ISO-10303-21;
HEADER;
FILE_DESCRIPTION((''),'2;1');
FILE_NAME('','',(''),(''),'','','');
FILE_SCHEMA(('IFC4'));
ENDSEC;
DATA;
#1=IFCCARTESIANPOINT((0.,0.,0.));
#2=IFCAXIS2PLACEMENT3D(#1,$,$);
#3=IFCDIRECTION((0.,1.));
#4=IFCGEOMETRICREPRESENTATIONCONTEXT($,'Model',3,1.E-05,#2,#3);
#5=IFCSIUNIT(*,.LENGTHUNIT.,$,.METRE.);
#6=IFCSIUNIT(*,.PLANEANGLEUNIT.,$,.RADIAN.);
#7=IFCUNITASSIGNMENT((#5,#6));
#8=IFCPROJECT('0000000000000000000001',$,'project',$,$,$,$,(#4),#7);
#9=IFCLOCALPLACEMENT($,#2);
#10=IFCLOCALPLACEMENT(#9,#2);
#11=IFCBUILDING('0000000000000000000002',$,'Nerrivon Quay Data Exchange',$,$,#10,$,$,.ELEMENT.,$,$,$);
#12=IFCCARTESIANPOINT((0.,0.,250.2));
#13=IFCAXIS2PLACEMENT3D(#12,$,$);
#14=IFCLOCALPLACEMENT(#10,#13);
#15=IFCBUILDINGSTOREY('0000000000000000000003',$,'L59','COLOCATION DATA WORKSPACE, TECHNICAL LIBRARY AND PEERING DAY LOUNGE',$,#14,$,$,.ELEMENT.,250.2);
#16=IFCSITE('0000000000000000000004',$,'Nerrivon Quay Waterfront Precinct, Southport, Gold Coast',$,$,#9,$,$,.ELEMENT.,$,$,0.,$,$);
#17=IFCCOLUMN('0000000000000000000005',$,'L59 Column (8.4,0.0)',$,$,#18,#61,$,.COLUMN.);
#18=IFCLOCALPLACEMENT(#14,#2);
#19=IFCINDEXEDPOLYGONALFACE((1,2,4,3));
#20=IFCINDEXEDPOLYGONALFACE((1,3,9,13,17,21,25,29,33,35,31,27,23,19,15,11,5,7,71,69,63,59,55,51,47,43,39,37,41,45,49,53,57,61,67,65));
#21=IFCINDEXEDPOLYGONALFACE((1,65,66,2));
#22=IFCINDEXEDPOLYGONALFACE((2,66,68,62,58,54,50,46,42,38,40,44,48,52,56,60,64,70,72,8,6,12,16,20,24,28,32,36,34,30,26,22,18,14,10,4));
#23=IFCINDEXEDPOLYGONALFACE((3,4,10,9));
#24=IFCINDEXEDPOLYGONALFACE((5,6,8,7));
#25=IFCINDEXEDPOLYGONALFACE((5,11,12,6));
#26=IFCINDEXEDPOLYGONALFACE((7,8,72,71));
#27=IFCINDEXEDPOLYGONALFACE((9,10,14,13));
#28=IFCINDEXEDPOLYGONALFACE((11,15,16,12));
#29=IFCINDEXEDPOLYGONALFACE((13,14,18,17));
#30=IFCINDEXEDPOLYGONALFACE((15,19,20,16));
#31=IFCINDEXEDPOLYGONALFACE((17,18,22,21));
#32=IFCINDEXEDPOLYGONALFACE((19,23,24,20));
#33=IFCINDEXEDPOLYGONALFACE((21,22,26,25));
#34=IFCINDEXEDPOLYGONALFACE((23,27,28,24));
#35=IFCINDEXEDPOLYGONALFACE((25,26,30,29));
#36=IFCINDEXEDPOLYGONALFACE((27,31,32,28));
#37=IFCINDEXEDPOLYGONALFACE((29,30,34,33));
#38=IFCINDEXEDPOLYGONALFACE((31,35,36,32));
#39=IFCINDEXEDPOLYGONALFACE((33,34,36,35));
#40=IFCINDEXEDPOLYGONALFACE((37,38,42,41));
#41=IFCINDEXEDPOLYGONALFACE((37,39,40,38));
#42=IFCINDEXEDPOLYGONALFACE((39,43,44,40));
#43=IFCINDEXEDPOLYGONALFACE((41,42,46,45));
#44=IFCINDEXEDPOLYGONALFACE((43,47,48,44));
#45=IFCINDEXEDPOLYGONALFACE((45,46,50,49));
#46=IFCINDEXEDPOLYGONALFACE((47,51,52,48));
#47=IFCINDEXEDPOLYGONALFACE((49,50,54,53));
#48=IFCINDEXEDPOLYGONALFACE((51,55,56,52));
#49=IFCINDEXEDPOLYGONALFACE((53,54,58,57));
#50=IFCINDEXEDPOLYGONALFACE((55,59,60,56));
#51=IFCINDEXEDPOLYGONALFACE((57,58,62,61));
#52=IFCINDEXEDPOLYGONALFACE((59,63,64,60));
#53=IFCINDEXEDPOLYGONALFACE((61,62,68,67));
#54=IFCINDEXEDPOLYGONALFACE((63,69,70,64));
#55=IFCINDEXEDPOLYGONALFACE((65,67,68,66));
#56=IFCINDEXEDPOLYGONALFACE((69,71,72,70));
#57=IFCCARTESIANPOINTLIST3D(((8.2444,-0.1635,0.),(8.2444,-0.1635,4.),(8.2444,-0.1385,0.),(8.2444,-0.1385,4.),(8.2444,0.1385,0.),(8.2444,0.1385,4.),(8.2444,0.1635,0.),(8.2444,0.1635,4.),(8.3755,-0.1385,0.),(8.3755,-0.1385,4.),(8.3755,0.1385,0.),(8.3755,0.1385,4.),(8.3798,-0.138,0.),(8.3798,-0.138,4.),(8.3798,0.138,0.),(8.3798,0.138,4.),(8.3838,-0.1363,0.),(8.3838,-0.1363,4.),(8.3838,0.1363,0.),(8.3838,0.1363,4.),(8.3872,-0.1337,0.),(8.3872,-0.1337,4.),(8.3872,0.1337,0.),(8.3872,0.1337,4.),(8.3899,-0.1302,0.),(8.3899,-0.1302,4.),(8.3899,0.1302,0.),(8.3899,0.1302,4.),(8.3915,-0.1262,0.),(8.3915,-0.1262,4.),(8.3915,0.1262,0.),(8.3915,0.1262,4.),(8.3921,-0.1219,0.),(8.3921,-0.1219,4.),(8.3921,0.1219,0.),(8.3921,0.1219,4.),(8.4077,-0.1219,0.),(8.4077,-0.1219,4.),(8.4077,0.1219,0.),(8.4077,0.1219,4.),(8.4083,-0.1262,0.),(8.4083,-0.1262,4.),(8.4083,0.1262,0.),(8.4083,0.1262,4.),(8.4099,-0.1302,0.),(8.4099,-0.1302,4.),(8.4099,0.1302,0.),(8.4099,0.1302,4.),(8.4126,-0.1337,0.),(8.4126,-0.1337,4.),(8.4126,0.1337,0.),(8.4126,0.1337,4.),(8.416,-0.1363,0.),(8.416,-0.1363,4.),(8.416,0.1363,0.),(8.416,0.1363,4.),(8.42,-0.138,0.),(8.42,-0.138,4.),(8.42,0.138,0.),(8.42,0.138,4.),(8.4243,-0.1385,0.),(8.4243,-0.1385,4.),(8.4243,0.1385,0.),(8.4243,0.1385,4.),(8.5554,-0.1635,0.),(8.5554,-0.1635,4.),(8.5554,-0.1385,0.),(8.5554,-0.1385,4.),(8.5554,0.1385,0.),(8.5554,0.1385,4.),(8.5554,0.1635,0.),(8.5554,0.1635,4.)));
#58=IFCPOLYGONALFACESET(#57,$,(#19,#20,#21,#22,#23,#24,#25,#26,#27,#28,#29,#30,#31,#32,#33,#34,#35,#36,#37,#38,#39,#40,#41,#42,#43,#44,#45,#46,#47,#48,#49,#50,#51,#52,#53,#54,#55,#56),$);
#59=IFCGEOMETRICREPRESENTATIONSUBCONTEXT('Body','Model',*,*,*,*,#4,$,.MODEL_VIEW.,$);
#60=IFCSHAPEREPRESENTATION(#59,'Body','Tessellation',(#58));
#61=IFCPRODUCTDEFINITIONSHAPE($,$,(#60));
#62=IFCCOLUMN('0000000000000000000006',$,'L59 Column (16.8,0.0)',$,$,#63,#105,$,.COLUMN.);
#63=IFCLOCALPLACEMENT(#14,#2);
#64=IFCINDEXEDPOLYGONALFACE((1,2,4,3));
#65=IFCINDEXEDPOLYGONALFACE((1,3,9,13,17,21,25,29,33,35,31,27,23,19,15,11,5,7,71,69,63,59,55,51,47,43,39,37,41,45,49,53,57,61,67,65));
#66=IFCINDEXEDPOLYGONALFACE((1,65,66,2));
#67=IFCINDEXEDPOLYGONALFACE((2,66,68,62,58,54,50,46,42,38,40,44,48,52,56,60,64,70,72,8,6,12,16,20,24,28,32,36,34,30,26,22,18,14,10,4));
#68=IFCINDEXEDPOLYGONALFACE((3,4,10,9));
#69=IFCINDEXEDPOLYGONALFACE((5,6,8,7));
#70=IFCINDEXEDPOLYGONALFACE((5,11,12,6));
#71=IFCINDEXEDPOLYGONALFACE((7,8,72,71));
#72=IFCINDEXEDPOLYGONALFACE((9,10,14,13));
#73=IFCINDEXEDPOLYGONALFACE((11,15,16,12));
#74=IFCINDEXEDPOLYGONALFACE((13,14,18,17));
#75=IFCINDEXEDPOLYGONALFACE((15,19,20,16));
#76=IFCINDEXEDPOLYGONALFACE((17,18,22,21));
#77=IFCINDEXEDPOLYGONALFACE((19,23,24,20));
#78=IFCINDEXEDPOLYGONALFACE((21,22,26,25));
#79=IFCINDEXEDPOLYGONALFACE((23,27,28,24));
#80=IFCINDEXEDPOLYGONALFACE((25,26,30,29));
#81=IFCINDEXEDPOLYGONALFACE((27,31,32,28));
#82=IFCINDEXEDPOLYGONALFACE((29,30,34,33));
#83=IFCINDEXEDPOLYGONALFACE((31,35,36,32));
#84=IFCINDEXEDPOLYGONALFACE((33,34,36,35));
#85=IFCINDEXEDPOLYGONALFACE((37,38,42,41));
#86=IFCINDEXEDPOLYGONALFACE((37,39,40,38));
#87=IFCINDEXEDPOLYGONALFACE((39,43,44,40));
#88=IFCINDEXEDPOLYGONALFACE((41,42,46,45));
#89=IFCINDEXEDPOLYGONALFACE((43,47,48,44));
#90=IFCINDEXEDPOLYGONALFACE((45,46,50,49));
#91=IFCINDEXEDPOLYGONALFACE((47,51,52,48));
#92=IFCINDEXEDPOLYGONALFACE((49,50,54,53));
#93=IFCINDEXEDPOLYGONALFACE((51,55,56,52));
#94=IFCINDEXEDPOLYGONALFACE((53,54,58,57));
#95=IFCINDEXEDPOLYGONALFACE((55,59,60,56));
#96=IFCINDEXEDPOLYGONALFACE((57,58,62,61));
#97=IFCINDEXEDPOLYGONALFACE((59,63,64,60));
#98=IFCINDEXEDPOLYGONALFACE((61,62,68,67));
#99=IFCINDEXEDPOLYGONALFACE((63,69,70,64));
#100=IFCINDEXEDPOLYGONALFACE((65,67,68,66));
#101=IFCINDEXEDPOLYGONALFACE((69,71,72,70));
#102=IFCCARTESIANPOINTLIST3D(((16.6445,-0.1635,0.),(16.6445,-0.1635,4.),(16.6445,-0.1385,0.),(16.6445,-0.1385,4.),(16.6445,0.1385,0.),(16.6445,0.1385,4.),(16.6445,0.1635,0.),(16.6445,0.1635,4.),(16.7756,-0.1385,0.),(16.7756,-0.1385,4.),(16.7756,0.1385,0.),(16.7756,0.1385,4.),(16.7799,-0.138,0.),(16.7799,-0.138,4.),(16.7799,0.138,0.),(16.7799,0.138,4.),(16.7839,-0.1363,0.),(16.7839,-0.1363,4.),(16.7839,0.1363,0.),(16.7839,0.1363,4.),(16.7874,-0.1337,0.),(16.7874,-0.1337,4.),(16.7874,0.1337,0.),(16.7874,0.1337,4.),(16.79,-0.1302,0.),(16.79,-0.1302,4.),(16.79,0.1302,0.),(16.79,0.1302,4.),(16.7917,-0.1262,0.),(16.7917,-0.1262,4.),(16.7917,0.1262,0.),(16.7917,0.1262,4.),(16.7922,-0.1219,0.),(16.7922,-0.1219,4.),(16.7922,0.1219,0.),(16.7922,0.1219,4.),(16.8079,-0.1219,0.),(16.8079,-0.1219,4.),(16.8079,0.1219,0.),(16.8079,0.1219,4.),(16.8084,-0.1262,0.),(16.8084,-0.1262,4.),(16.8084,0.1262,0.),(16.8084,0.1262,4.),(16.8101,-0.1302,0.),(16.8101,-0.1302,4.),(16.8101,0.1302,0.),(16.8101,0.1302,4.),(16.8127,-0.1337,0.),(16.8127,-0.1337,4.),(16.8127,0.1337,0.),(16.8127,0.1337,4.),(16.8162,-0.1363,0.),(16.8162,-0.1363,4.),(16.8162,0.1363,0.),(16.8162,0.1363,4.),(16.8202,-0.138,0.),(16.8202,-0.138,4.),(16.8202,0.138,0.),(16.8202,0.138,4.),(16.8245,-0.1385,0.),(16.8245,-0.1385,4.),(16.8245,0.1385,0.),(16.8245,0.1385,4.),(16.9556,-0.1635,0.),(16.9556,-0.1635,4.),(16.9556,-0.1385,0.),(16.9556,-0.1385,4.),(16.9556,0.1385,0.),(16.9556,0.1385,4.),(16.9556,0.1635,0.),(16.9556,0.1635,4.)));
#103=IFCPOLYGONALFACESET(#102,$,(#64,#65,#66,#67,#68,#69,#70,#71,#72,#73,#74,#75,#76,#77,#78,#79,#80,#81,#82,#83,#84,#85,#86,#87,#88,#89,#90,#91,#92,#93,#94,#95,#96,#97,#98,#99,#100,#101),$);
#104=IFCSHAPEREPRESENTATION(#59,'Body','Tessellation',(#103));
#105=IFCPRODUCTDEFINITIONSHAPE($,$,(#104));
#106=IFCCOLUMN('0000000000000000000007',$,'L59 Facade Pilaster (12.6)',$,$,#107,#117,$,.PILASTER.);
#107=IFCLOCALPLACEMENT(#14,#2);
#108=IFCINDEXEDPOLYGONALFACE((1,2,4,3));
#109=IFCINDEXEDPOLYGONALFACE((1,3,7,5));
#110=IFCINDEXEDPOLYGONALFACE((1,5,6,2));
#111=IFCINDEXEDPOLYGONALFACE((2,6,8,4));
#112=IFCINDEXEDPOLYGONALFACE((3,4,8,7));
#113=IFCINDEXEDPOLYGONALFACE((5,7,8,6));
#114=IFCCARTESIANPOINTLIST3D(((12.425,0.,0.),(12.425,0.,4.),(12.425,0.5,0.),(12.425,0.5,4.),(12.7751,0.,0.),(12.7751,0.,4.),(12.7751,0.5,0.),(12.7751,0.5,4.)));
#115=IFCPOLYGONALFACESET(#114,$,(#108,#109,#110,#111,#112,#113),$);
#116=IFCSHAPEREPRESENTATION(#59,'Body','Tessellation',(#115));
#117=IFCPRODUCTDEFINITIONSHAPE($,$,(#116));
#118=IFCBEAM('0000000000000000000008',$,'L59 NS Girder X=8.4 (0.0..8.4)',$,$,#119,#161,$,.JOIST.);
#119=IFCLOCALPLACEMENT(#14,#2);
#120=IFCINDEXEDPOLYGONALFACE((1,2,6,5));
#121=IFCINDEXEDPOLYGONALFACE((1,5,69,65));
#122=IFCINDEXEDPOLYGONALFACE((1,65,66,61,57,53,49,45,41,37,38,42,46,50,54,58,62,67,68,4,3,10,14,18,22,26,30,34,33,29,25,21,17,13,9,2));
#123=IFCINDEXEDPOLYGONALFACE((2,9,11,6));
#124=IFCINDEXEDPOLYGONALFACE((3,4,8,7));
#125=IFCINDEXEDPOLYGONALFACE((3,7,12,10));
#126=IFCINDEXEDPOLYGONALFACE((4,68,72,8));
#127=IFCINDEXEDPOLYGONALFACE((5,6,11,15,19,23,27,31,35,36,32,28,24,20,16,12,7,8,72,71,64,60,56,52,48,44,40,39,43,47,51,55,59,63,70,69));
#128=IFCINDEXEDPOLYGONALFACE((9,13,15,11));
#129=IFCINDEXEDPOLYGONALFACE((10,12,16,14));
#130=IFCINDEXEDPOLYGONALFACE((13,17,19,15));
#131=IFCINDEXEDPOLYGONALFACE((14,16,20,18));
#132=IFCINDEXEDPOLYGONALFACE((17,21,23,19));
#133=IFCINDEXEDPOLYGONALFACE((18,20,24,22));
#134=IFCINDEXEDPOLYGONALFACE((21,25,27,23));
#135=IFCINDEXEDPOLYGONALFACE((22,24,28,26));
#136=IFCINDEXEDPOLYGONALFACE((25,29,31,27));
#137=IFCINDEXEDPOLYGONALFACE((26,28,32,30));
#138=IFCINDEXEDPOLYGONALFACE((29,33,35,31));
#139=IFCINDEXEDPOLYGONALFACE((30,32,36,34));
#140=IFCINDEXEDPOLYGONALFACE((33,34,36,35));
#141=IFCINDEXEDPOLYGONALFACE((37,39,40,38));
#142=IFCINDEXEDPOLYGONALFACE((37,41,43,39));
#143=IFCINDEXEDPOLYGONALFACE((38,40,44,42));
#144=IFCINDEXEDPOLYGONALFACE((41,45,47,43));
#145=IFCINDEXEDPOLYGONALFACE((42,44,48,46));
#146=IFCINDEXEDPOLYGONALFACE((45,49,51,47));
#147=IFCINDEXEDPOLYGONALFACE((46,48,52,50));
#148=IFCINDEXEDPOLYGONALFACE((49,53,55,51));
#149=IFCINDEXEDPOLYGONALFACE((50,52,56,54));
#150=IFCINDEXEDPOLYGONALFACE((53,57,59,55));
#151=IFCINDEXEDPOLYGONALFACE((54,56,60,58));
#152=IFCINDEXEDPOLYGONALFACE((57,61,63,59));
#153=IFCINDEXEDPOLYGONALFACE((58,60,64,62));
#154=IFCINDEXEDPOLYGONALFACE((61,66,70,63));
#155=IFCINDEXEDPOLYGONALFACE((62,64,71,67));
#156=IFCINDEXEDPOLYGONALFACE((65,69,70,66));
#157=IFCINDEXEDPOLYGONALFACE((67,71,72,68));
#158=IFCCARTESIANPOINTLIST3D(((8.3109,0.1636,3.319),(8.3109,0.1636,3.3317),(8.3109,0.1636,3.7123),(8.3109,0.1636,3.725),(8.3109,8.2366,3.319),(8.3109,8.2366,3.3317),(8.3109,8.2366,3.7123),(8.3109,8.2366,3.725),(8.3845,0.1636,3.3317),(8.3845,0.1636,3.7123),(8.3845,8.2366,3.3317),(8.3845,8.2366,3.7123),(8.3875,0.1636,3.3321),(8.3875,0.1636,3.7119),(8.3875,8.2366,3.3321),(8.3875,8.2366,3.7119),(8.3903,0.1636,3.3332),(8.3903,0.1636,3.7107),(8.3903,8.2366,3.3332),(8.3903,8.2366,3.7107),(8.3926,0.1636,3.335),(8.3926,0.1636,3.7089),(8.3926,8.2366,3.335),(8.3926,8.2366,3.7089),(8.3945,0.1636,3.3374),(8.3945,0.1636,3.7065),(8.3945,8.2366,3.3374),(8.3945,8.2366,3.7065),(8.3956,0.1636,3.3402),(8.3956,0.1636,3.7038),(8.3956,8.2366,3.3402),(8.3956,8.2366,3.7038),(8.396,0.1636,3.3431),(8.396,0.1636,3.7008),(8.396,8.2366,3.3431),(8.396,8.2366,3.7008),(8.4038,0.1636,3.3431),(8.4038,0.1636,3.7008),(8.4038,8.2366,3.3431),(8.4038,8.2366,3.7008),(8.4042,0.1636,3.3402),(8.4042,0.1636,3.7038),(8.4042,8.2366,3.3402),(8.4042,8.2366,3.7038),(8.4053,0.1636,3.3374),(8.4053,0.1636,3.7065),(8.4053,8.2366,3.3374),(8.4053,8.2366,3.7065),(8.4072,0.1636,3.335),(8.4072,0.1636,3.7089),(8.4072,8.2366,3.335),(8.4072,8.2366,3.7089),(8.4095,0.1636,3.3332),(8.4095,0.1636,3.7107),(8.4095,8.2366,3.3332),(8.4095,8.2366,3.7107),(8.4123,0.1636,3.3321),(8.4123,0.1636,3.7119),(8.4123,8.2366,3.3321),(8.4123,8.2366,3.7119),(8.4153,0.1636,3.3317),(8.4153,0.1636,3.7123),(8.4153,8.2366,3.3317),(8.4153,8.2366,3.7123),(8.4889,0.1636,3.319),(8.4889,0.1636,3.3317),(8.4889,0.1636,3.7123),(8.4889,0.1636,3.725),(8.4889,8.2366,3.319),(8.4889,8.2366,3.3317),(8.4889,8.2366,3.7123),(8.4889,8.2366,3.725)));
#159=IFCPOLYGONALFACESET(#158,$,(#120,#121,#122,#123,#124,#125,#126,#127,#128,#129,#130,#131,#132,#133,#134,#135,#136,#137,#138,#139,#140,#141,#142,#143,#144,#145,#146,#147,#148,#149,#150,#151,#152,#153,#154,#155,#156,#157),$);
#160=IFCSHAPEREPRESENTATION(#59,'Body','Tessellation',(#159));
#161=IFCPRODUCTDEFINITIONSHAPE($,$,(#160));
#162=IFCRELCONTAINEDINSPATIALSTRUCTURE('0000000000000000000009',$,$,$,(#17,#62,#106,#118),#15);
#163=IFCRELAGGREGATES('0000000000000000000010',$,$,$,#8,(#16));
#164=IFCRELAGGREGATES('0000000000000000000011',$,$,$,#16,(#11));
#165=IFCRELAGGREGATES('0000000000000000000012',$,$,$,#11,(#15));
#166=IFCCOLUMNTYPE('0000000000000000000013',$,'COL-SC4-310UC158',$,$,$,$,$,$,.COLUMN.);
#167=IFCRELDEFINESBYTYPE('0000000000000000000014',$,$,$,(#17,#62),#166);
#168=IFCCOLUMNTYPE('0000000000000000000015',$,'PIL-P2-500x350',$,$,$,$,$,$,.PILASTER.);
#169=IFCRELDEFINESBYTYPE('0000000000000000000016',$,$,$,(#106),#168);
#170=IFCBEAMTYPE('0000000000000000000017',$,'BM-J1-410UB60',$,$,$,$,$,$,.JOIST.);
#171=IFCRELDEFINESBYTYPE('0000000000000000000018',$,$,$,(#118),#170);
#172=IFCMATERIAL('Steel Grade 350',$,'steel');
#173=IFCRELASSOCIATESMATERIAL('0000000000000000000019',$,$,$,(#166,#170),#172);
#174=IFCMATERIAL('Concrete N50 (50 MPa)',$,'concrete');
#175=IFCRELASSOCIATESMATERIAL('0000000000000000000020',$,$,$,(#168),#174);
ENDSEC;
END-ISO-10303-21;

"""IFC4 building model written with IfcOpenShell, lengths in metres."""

from ifc_helpers import new_model, si_unit, direction, frame, origin, origin_2d, place, context, subcontext, project, spatial, rectangle, i_section, extrude, material, material_profile, profile_set, type_object, element, save


model = new_model("IFC4")

# Units and contexts
model_context = context("Model", 3, precision=1e-05, world=origin(), true_north=direction((0.0, 1.0)))
body_context = subcontext(model_context, "Body", "Model", "MODEL_VIEW")
ifc_project = project(units=[si_unit("LENGTHUNIT", "METRE"), si_unit("PLANEANGLEUNIT", "RADIAN")], contexts=[model_context])

# Site, building, storey
site_placement = place(None, origin())
site = spatial("IfcSite", under=ifc_project, at=site_placement, Name="Nerrivon Quay Waterfront Precinct, Southport, Gold Coast", CompositionType="ELEMENT", RefElevation=0.0)
building_placement = place(site_placement, origin())
building = spatial("IfcBuilding", under=site, at=building_placement, Name="Nerrivon Quay Data Exchange", CompositionType="ELEMENT")
storey_placement = place(building_placement, frame((0.0, 0.0, 250.2)))
storey = spatial("IfcBuildingStorey", under=building, at=storey_placement, Name="L59", Description="COLOCATION DATA WORKSPACE, TECHNICAL LIBRARY AND PEERING DAY LOUNGE", CompositionType="ELEMENT", Elevation=250.2)

# Columns
ifc_material_1 = material(Name="Steel Grade 350", Category="steel")
ifc_material_profile_1 = material_profile(ifc_material_1, i_section(OverallWidth=0.311, OverallDepth=0.3269, WebThickness=0.0156, FlangeThickness=0.0249, FilletRadius=0.0166, at=origin_2d()), Name="310UC158")
ifc_profile_set_1 = profile_set([ifc_material_profile_1], Name="Steel Grade 350")
column_type_1 = type_object("IfcColumnType", Name="COL-SC4-310UC158", PredefinedType="COLUMN", material=ifc_profile_set_1)
for number, where, z_axis, x_axis, name in (
    (1, (8.3999, 0.0, 0.0), (0.0, 0.0, 1.0), (1.0, 0.0, 0.0), "L59 Column (8.4,0.0)"),
    (2, (16.8, 0.0, 0.0), (0.0, 0.0, 1.0), (1.0, 0.0, 0.0), "L59 Column (16.8,0.0)"),
):
    element("IfcColumn", number, at=place(storey_placement, frame(where, z_axis=z_axis, x_axis=x_axis)), inside=storey, type_object=column_type_1, Name=name, PredefinedType="COLUMN", context=body_context, shape_type="SweptSolid", body=[
        extrude(i_section(OverallWidth=0.311, OverallDepth=0.3269, WebThickness=0.0156, FlangeThickness=0.0249, FilletRadius=0.0166, at=origin_2d()), origin(), (0.0, 0.0, 1.0), 4.0),
    ])
ifc_material_2 = material(Name="Concrete N50 (50 MPa)", Category="concrete")
ifc_material_profile_2 = material_profile(ifc_material_2, rectangle(XDim=0.3501, YDim=0.5, at=origin_2d()), Name="RC-PIL-500x350")
ifc_profile_set_2 = profile_set([ifc_material_profile_2], Name="Concrete N50 (50 MPa)")
column_type_2 = type_object("IfcColumnType", Name="PIL-P2-500x350", PredefinedType="PILASTER", material=ifc_profile_set_2)
column_placement = place(storey_placement, frame((12.6001, 0.25, 0.0), z_axis=(0.0, 0.0, 1.0), x_axis=(1.0, 0.0, 0.0)))
element("IfcColumn", 3, at=column_placement, inside=storey, type_object=column_type_2, Name="L59 Facade Pilaster (12.6)", PredefinedType="PILASTER", context=body_context, shape_type="SweptSolid", body=[
    extrude(rectangle(XDim=0.3501, YDim=0.5, at=origin_2d()), origin(), (0.0, 0.0, 1.0), 4.0),
])

# Beam
ifc_material_profile_3 = material_profile(ifc_material_1, i_section(OverallWidth=0.178, OverallDepth=0.406, WebThickness=0.0078, FlangeThickness=0.0127, FilletRadius=0.0115, at=origin_2d()), Name="410UB59.7")
ifc_profile_set_3 = profile_set([ifc_material_profile_3], Name="Steel Grade 350")
beam_type_1 = type_object("IfcBeamType", Name="BM-J1-410UB60", PredefinedType="JOIST", material=ifc_profile_set_3)
beam_1_placement = place(storey_placement, frame((8.3999, 0.1636, 3.522), z_axis=(0.0, 1.0, 0.0), x_axis=(-1.0, 0.0, 0.0)))
element("IfcBeam", 4, at=beam_1_placement, inside=storey, type_object=beam_type_1, Name="L59 NS Girder X=8.4 (0.0..8.4)", PredefinedType="JOIST", context=body_context, shape_type="SweptSolid", body=[
    extrude(i_section(OverallWidth=0.178, OverallDepth=0.406, WebThickness=0.0078, FlangeThickness=0.0127, FilletRadius=0.0115, at=origin_2d()), origin(), (0.0, 0.0, 1.0), 8.073),
])

save(model, "model.ifc")
